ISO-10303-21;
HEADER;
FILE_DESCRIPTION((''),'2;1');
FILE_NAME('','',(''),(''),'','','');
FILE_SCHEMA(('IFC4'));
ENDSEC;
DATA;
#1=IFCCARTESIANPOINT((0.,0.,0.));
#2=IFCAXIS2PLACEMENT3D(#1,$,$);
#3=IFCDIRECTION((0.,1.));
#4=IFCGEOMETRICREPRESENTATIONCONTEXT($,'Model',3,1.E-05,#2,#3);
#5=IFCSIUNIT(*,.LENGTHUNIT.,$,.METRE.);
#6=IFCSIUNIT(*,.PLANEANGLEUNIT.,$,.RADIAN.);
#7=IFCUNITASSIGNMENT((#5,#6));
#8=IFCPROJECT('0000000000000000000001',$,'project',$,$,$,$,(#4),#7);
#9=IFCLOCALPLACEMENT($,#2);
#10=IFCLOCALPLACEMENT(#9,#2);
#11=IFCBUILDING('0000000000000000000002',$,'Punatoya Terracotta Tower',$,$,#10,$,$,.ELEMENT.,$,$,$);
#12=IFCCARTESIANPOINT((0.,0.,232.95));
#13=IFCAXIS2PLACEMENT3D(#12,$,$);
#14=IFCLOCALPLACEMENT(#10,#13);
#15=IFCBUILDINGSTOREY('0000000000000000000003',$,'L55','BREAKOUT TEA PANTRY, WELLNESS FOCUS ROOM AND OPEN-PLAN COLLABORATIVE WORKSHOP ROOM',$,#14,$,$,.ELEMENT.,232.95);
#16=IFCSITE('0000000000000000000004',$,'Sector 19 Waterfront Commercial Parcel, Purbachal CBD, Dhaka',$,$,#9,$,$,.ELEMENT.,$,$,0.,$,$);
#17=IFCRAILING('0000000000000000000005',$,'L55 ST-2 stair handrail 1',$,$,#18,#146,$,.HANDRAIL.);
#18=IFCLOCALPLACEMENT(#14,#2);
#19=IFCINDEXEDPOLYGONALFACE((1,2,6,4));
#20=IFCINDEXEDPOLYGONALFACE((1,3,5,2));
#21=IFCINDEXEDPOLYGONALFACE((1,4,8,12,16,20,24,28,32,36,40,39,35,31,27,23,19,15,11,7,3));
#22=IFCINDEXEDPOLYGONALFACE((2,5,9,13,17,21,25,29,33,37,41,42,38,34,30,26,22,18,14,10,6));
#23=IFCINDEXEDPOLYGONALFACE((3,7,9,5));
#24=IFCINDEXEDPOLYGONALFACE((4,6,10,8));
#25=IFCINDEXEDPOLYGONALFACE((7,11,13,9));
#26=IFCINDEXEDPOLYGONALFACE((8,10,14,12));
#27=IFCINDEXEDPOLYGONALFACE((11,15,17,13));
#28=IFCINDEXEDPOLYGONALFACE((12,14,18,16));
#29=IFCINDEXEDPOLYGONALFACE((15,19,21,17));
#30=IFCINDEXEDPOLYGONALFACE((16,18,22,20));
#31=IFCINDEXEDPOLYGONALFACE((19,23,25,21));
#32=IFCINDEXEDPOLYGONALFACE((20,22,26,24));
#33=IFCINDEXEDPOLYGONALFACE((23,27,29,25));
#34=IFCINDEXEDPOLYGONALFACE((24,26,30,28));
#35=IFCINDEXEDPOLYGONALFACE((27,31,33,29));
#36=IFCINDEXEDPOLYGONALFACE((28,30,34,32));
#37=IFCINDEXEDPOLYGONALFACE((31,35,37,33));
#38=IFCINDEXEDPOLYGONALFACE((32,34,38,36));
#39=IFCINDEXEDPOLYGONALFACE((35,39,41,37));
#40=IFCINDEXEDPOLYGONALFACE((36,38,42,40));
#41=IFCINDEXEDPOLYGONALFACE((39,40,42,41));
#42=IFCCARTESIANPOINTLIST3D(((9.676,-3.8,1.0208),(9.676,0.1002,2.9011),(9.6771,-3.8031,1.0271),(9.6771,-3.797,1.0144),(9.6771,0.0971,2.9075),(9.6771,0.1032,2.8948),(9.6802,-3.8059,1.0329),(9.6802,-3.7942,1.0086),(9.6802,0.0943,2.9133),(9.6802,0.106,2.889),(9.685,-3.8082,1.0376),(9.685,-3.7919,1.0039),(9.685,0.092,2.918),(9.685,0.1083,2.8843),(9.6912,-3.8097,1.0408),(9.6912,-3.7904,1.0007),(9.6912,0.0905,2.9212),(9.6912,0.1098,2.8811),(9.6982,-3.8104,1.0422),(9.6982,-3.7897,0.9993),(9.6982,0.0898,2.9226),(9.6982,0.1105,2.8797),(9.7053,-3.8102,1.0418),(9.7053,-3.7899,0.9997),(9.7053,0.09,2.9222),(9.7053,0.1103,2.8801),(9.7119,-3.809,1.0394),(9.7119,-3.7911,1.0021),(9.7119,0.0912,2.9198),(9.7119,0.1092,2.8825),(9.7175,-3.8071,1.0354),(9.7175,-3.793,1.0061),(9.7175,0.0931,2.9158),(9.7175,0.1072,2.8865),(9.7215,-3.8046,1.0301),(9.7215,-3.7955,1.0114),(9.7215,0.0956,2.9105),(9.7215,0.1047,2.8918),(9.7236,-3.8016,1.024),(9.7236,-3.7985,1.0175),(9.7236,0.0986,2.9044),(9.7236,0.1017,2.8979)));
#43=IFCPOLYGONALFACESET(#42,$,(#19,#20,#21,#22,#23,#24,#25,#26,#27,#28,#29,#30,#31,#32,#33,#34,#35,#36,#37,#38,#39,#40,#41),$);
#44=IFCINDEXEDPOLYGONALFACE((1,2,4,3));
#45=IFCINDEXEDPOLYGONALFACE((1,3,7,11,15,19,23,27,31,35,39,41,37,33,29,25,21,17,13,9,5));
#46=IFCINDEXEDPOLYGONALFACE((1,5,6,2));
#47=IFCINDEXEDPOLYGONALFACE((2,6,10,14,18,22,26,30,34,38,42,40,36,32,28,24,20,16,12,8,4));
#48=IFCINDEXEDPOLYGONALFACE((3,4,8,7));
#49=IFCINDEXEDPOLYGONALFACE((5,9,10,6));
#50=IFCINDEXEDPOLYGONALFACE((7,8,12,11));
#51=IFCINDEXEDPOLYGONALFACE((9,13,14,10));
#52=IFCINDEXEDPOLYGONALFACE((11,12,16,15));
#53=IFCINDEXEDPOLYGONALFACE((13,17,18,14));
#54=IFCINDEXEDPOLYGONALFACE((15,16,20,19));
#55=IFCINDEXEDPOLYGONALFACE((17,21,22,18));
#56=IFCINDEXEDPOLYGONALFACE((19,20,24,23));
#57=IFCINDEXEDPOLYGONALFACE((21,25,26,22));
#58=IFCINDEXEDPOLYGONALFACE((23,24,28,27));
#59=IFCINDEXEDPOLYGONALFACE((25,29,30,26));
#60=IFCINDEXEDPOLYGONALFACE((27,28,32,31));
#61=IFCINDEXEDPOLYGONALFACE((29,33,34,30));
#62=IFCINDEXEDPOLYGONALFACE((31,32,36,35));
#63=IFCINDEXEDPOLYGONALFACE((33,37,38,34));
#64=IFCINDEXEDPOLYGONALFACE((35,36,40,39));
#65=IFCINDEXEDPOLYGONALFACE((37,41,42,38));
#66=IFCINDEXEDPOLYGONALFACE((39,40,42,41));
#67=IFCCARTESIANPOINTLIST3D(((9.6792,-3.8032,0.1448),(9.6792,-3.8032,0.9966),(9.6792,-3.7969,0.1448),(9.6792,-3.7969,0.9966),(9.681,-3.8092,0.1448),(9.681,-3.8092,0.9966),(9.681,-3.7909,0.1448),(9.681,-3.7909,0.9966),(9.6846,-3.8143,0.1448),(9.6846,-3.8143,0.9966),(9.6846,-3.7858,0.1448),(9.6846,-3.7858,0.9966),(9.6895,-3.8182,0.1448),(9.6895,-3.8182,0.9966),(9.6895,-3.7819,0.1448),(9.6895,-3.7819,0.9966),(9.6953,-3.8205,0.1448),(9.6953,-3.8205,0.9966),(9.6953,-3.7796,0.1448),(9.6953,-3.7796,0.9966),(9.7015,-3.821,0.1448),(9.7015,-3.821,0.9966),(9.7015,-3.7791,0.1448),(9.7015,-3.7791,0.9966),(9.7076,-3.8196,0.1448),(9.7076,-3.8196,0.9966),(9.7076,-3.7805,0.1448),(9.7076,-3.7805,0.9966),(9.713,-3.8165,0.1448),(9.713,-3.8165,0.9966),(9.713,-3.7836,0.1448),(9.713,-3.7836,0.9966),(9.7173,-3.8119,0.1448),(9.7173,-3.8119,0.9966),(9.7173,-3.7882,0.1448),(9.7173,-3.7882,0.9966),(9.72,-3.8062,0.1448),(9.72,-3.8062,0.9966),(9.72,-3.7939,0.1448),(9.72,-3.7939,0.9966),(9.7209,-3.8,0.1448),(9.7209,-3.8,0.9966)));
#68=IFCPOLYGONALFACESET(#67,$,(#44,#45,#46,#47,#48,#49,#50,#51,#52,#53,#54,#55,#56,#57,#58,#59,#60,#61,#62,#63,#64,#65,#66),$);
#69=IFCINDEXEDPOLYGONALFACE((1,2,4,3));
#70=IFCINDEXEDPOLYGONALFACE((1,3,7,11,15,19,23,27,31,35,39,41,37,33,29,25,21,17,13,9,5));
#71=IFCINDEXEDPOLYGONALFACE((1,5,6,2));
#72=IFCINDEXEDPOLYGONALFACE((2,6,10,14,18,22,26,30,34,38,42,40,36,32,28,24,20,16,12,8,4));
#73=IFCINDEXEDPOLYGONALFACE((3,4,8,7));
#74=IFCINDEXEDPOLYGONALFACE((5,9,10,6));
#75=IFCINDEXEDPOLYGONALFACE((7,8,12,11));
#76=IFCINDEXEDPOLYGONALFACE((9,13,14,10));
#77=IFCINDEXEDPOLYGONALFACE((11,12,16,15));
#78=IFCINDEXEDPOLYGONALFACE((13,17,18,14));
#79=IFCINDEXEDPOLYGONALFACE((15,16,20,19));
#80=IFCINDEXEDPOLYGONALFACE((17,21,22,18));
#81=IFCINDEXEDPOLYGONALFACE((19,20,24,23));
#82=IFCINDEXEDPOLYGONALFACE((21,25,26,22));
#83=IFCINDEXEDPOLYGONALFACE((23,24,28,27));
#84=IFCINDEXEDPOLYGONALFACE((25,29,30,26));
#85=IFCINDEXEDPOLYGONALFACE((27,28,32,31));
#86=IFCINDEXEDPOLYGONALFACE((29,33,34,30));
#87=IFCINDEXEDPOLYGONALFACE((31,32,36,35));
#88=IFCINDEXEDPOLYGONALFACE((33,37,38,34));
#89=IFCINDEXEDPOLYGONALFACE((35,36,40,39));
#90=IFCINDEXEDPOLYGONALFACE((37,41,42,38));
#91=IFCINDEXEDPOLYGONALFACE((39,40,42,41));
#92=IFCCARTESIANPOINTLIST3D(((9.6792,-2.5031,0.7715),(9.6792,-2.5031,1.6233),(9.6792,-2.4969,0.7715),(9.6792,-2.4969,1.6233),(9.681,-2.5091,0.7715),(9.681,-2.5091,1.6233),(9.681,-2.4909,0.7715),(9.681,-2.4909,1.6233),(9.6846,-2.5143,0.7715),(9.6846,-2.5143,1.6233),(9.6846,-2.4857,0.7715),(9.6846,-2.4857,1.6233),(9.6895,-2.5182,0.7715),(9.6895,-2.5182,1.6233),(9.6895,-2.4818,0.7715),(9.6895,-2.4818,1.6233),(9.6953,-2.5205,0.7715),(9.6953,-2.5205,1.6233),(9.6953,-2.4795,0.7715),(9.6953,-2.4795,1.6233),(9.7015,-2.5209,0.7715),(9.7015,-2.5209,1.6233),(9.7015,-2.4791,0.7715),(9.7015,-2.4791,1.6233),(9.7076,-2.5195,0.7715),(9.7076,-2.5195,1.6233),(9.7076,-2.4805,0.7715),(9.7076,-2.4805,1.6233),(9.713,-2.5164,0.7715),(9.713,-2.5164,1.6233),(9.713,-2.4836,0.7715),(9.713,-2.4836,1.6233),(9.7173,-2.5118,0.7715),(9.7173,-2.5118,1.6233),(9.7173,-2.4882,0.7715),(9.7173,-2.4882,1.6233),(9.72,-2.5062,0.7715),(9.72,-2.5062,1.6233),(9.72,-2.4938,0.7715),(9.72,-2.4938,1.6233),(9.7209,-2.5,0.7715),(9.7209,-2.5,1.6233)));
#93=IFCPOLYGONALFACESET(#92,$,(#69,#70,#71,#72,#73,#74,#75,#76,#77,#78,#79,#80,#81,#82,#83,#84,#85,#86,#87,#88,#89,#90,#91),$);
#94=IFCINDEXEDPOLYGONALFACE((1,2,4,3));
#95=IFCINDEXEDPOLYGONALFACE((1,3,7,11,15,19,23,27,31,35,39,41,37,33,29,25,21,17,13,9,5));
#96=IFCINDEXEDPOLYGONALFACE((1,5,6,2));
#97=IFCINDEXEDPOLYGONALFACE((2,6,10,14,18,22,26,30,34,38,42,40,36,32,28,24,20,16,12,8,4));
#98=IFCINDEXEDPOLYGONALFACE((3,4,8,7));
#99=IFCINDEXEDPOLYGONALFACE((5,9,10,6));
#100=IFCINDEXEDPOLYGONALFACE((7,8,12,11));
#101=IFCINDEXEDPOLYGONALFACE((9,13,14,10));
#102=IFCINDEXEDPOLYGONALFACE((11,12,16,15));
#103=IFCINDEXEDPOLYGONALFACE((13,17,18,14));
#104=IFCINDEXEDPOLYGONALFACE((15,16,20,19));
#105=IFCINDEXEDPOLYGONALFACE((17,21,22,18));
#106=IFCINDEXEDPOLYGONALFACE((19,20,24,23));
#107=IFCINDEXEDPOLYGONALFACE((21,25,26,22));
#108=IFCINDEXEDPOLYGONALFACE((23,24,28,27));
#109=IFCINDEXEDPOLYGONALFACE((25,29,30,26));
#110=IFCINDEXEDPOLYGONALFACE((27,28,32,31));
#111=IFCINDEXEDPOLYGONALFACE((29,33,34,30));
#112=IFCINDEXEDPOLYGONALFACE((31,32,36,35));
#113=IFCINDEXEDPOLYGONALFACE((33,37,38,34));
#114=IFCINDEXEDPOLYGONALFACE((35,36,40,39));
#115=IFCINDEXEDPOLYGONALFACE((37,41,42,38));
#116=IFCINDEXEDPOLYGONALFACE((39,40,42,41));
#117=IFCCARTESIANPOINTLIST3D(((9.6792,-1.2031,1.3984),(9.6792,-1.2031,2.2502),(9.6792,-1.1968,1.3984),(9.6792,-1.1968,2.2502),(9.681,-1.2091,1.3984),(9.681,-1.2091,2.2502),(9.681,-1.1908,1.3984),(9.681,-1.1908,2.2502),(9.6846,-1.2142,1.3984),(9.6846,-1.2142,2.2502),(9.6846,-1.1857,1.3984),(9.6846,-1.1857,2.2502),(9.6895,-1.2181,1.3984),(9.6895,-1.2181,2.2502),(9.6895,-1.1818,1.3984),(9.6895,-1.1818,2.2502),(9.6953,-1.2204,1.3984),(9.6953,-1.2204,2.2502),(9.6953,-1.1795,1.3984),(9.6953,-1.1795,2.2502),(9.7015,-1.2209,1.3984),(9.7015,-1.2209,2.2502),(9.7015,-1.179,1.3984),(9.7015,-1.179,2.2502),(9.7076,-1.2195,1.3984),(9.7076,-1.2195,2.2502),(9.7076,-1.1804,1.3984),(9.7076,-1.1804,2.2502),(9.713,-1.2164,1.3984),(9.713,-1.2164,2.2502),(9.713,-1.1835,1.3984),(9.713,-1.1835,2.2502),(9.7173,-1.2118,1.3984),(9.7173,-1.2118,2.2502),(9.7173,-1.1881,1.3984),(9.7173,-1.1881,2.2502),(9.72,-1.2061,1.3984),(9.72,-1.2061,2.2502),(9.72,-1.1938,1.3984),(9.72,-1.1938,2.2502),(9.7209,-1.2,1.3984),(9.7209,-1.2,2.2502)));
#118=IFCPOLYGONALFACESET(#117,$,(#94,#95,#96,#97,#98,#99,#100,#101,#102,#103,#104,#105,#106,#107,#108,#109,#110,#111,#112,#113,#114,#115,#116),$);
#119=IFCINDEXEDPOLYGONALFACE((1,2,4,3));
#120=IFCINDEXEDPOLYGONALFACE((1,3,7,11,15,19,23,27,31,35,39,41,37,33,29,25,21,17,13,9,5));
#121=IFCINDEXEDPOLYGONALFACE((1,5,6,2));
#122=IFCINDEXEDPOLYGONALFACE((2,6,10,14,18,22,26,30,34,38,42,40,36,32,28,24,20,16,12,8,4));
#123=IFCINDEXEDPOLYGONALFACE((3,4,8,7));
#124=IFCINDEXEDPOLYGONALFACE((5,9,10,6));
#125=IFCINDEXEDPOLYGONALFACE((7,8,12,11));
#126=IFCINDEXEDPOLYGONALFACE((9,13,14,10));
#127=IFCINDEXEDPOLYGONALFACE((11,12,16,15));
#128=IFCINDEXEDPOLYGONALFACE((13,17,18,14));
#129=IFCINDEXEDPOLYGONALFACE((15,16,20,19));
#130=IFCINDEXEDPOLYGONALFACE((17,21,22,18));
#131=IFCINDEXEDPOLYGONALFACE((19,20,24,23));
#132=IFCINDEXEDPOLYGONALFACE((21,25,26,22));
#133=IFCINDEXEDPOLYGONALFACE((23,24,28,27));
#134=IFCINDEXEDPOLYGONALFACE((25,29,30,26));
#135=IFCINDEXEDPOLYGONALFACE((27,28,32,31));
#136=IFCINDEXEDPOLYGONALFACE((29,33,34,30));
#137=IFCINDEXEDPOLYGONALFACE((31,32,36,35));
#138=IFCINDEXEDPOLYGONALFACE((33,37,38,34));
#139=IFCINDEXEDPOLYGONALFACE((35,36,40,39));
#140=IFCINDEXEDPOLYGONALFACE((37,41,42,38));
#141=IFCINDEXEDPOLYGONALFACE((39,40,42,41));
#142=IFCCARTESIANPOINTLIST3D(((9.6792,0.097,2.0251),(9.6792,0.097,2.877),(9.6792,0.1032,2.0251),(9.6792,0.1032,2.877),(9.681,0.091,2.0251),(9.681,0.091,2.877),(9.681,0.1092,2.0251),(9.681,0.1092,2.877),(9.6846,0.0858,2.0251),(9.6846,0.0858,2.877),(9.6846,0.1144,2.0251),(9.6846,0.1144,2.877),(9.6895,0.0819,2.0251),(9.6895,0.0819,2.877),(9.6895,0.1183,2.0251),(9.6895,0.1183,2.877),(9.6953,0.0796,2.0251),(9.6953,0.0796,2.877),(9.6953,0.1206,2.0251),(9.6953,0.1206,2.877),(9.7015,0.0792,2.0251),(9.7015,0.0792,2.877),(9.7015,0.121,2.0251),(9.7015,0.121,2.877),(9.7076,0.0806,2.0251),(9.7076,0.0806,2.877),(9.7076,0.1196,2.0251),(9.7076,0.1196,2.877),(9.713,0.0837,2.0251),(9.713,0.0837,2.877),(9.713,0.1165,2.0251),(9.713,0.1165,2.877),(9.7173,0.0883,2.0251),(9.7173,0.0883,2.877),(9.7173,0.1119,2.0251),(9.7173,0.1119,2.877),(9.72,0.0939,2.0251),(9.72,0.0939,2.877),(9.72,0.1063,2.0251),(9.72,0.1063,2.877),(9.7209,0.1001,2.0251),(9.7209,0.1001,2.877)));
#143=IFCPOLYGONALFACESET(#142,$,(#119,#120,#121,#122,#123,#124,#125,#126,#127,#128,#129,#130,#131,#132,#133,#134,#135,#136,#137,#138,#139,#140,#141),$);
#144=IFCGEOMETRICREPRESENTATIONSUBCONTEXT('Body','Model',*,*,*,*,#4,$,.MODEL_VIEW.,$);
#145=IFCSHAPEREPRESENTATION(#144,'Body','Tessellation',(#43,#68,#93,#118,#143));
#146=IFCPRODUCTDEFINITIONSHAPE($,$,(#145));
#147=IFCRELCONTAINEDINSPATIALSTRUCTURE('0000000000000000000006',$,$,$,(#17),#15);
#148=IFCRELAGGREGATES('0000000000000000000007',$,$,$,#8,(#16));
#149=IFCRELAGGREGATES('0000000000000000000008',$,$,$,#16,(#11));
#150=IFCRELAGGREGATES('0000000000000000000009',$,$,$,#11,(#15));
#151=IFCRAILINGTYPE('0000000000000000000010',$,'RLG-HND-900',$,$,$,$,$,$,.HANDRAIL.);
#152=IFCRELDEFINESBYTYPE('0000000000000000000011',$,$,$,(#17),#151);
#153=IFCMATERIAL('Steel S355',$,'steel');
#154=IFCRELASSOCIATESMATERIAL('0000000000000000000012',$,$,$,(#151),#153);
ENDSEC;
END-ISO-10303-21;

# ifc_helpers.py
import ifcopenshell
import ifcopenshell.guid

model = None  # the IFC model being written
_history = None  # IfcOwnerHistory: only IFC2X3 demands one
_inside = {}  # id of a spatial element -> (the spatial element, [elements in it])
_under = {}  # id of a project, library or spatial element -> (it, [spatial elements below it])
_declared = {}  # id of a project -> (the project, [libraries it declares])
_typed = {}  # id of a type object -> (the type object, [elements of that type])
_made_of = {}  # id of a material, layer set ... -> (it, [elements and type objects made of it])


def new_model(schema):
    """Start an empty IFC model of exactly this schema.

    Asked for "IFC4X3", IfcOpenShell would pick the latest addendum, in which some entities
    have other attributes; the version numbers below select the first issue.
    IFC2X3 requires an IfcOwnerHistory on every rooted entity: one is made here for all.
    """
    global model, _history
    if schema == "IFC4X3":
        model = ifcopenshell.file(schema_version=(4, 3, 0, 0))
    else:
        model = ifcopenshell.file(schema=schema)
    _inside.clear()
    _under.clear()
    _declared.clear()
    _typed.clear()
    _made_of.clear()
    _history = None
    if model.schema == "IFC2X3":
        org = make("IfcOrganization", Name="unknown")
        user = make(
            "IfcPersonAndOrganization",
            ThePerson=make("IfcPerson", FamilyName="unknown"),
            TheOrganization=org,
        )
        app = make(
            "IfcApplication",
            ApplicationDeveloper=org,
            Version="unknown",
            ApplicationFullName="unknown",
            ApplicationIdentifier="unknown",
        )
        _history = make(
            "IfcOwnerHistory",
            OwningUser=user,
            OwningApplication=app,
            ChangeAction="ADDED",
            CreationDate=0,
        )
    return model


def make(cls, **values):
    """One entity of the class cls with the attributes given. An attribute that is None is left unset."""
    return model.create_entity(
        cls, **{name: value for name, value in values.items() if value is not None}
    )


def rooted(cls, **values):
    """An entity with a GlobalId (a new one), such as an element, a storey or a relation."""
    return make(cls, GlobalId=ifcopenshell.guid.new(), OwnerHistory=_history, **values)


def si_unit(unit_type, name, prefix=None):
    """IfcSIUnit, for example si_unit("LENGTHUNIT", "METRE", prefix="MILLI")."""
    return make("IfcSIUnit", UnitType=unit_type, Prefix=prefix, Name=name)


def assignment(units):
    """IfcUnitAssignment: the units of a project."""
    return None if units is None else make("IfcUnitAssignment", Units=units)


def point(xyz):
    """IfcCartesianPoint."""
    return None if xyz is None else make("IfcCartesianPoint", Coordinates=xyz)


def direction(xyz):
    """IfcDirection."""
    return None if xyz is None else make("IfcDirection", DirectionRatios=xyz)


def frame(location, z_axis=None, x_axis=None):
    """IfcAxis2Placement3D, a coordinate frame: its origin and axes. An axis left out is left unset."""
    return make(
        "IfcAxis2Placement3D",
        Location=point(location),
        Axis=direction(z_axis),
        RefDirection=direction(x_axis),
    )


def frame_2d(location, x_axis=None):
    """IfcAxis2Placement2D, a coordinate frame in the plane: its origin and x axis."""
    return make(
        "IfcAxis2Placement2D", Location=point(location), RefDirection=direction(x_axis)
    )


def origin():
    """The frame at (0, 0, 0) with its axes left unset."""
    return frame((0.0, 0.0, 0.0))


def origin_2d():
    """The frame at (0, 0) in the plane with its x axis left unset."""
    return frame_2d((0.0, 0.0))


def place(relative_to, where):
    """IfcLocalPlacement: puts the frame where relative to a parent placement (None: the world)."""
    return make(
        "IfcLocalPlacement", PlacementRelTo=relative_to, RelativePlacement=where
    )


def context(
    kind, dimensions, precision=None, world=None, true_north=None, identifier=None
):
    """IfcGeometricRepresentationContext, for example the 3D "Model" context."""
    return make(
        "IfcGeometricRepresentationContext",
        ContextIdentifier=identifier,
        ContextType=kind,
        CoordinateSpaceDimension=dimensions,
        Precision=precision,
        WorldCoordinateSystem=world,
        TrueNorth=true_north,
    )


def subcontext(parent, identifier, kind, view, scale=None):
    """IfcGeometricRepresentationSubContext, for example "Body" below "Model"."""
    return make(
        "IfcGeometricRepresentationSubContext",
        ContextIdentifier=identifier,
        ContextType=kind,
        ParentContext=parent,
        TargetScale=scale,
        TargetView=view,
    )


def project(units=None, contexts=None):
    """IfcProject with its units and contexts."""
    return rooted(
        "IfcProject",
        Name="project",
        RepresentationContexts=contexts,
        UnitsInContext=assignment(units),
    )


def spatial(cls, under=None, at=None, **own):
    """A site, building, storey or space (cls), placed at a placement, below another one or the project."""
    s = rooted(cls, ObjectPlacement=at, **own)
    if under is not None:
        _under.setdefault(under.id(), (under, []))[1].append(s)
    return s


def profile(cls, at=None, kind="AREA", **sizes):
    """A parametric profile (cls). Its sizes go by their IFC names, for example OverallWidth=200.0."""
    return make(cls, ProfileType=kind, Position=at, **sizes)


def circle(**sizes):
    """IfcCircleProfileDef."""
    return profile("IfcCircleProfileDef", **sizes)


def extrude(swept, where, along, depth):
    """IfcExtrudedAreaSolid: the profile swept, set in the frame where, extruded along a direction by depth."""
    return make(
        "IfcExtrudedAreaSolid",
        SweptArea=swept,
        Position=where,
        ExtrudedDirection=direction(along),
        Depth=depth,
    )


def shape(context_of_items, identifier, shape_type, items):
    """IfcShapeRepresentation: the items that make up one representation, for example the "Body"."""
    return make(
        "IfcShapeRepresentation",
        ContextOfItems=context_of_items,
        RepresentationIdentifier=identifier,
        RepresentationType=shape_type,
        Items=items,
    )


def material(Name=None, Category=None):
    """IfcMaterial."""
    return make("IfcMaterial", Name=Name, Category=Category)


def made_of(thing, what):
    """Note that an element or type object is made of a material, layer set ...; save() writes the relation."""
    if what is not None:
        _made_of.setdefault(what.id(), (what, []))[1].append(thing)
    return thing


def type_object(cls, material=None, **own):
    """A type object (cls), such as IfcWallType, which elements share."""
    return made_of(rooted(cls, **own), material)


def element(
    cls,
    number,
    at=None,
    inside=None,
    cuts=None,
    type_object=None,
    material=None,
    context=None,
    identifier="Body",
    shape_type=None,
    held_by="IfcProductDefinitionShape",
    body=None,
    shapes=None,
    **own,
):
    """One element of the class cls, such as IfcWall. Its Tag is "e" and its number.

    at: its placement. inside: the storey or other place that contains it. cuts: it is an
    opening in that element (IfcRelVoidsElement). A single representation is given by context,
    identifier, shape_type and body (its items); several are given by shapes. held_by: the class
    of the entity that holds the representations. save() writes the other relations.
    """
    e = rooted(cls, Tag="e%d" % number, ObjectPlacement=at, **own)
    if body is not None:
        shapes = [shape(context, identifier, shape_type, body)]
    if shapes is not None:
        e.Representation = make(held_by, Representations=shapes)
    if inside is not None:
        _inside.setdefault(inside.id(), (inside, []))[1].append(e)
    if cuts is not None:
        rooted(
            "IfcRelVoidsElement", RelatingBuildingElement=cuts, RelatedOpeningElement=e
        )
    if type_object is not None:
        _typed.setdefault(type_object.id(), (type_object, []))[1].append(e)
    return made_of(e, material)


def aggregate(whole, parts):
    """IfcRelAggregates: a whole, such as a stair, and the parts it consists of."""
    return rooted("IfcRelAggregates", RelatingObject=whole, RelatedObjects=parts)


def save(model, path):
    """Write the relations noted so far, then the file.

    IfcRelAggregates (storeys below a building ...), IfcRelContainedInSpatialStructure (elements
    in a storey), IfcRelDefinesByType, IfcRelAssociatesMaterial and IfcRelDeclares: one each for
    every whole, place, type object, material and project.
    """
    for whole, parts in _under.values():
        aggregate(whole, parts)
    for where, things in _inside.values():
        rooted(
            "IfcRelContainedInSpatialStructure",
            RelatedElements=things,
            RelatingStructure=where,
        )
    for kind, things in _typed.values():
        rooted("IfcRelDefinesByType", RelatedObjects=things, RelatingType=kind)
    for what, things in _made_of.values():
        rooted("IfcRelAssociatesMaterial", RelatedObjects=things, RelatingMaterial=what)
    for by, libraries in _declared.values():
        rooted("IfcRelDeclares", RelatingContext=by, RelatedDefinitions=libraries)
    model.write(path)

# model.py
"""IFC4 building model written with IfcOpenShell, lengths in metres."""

from ifc_helpers import new_model, si_unit, direction, frame, origin, origin_2d, place, context, subcontext, project, spatial, circle, extrude, material, type_object, element, save


model = new_model("IFC4")

# Units and contexts
model_context = context("Model", 3, precision=1e-05, world=origin(), true_north=direction((0.0, 1.0)))
body_context = subcontext(model_context, "Body", "Model", "MODEL_VIEW")
ifc_project = project(units=[si_unit("LENGTHUNIT", "METRE"), si_unit("PLANEANGLEUNIT", "RADIAN")], contexts=[model_context])

# Site, building, storey
site_placement = place(None, origin())
site = spatial("IfcSite", under=ifc_project, at=site_placement, Name="Sector 19 Waterfront Commercial Parcel, Purbachal CBD, Dhaka", CompositionType="ELEMENT", RefElevation=0.0)
building_placement = place(site_placement, origin())
building = spatial("IfcBuilding", under=site, at=building_placement, Name="Punatoya Terracotta Tower", CompositionType="ELEMENT")
storey_placement = place(building_placement, frame((0.0, 0.0, 232.95)))
storey = spatial("IfcBuildingStorey", under=building, at=storey_placement, Name="L55", Description="BREAKOUT TEA PANTRY, WELLNESS FOCUS ROOM AND OPEN-PLAN COLLABORATIVE WORKSHOP ROOM", CompositionType="ELEMENT", Elevation=232.95)

# Shared definitions
ifc_material_1 = material(Name="Steel S355", Category="steel")

# Railing
railing_type_1 = type_object("IfcRailingType", Name="RLG-HND-900", PredefinedType="HANDRAIL", material=ifc_material_1)
railing_1_placement = place(storey_placement, frame((9.7, -3.8, 0.1448)))
element("IfcRailing", 1, at=railing_1_placement, inside=storey, type_object=railing_type_1, Name="L55 ST-2 stair handrail 1", PredefinedType="HANDRAIL", context=body_context, shape_type="SweptSolid", body=[
    extrude(circle(Radius=0.0239, at=origin_2d()), frame((0.0, 0.0, 0.876), z_axis=(0.0, 0.900774, 0.434289), x_axis=(-1.0, 0.0, 0.0)), (0.0, 0.0, 1.0), 4.3298),
    extrude(circle(Radius=0.021, at=origin_2d()), origin(), (0.0, 0.0, 1.0), 0.8518),
    extrude(circle(Radius=0.021, at=origin_2d()), frame((0.0, 1.3, 0.6267)), (0.0, 0.0, 1.0), 0.8518),
    extrude(circle(Radius=0.021, at=origin_2d()), frame((0.0, 2.6001, 1.2537)), (0.0, 0.0, 1.0), 0.8518),
    extrude(circle(Radius=0.021, at=origin_2d()), frame((0.0, 3.9001, 1.8804)), (0.0, 0.0, 1.0), 0.8518),
])

save(model, "model.ifc")
